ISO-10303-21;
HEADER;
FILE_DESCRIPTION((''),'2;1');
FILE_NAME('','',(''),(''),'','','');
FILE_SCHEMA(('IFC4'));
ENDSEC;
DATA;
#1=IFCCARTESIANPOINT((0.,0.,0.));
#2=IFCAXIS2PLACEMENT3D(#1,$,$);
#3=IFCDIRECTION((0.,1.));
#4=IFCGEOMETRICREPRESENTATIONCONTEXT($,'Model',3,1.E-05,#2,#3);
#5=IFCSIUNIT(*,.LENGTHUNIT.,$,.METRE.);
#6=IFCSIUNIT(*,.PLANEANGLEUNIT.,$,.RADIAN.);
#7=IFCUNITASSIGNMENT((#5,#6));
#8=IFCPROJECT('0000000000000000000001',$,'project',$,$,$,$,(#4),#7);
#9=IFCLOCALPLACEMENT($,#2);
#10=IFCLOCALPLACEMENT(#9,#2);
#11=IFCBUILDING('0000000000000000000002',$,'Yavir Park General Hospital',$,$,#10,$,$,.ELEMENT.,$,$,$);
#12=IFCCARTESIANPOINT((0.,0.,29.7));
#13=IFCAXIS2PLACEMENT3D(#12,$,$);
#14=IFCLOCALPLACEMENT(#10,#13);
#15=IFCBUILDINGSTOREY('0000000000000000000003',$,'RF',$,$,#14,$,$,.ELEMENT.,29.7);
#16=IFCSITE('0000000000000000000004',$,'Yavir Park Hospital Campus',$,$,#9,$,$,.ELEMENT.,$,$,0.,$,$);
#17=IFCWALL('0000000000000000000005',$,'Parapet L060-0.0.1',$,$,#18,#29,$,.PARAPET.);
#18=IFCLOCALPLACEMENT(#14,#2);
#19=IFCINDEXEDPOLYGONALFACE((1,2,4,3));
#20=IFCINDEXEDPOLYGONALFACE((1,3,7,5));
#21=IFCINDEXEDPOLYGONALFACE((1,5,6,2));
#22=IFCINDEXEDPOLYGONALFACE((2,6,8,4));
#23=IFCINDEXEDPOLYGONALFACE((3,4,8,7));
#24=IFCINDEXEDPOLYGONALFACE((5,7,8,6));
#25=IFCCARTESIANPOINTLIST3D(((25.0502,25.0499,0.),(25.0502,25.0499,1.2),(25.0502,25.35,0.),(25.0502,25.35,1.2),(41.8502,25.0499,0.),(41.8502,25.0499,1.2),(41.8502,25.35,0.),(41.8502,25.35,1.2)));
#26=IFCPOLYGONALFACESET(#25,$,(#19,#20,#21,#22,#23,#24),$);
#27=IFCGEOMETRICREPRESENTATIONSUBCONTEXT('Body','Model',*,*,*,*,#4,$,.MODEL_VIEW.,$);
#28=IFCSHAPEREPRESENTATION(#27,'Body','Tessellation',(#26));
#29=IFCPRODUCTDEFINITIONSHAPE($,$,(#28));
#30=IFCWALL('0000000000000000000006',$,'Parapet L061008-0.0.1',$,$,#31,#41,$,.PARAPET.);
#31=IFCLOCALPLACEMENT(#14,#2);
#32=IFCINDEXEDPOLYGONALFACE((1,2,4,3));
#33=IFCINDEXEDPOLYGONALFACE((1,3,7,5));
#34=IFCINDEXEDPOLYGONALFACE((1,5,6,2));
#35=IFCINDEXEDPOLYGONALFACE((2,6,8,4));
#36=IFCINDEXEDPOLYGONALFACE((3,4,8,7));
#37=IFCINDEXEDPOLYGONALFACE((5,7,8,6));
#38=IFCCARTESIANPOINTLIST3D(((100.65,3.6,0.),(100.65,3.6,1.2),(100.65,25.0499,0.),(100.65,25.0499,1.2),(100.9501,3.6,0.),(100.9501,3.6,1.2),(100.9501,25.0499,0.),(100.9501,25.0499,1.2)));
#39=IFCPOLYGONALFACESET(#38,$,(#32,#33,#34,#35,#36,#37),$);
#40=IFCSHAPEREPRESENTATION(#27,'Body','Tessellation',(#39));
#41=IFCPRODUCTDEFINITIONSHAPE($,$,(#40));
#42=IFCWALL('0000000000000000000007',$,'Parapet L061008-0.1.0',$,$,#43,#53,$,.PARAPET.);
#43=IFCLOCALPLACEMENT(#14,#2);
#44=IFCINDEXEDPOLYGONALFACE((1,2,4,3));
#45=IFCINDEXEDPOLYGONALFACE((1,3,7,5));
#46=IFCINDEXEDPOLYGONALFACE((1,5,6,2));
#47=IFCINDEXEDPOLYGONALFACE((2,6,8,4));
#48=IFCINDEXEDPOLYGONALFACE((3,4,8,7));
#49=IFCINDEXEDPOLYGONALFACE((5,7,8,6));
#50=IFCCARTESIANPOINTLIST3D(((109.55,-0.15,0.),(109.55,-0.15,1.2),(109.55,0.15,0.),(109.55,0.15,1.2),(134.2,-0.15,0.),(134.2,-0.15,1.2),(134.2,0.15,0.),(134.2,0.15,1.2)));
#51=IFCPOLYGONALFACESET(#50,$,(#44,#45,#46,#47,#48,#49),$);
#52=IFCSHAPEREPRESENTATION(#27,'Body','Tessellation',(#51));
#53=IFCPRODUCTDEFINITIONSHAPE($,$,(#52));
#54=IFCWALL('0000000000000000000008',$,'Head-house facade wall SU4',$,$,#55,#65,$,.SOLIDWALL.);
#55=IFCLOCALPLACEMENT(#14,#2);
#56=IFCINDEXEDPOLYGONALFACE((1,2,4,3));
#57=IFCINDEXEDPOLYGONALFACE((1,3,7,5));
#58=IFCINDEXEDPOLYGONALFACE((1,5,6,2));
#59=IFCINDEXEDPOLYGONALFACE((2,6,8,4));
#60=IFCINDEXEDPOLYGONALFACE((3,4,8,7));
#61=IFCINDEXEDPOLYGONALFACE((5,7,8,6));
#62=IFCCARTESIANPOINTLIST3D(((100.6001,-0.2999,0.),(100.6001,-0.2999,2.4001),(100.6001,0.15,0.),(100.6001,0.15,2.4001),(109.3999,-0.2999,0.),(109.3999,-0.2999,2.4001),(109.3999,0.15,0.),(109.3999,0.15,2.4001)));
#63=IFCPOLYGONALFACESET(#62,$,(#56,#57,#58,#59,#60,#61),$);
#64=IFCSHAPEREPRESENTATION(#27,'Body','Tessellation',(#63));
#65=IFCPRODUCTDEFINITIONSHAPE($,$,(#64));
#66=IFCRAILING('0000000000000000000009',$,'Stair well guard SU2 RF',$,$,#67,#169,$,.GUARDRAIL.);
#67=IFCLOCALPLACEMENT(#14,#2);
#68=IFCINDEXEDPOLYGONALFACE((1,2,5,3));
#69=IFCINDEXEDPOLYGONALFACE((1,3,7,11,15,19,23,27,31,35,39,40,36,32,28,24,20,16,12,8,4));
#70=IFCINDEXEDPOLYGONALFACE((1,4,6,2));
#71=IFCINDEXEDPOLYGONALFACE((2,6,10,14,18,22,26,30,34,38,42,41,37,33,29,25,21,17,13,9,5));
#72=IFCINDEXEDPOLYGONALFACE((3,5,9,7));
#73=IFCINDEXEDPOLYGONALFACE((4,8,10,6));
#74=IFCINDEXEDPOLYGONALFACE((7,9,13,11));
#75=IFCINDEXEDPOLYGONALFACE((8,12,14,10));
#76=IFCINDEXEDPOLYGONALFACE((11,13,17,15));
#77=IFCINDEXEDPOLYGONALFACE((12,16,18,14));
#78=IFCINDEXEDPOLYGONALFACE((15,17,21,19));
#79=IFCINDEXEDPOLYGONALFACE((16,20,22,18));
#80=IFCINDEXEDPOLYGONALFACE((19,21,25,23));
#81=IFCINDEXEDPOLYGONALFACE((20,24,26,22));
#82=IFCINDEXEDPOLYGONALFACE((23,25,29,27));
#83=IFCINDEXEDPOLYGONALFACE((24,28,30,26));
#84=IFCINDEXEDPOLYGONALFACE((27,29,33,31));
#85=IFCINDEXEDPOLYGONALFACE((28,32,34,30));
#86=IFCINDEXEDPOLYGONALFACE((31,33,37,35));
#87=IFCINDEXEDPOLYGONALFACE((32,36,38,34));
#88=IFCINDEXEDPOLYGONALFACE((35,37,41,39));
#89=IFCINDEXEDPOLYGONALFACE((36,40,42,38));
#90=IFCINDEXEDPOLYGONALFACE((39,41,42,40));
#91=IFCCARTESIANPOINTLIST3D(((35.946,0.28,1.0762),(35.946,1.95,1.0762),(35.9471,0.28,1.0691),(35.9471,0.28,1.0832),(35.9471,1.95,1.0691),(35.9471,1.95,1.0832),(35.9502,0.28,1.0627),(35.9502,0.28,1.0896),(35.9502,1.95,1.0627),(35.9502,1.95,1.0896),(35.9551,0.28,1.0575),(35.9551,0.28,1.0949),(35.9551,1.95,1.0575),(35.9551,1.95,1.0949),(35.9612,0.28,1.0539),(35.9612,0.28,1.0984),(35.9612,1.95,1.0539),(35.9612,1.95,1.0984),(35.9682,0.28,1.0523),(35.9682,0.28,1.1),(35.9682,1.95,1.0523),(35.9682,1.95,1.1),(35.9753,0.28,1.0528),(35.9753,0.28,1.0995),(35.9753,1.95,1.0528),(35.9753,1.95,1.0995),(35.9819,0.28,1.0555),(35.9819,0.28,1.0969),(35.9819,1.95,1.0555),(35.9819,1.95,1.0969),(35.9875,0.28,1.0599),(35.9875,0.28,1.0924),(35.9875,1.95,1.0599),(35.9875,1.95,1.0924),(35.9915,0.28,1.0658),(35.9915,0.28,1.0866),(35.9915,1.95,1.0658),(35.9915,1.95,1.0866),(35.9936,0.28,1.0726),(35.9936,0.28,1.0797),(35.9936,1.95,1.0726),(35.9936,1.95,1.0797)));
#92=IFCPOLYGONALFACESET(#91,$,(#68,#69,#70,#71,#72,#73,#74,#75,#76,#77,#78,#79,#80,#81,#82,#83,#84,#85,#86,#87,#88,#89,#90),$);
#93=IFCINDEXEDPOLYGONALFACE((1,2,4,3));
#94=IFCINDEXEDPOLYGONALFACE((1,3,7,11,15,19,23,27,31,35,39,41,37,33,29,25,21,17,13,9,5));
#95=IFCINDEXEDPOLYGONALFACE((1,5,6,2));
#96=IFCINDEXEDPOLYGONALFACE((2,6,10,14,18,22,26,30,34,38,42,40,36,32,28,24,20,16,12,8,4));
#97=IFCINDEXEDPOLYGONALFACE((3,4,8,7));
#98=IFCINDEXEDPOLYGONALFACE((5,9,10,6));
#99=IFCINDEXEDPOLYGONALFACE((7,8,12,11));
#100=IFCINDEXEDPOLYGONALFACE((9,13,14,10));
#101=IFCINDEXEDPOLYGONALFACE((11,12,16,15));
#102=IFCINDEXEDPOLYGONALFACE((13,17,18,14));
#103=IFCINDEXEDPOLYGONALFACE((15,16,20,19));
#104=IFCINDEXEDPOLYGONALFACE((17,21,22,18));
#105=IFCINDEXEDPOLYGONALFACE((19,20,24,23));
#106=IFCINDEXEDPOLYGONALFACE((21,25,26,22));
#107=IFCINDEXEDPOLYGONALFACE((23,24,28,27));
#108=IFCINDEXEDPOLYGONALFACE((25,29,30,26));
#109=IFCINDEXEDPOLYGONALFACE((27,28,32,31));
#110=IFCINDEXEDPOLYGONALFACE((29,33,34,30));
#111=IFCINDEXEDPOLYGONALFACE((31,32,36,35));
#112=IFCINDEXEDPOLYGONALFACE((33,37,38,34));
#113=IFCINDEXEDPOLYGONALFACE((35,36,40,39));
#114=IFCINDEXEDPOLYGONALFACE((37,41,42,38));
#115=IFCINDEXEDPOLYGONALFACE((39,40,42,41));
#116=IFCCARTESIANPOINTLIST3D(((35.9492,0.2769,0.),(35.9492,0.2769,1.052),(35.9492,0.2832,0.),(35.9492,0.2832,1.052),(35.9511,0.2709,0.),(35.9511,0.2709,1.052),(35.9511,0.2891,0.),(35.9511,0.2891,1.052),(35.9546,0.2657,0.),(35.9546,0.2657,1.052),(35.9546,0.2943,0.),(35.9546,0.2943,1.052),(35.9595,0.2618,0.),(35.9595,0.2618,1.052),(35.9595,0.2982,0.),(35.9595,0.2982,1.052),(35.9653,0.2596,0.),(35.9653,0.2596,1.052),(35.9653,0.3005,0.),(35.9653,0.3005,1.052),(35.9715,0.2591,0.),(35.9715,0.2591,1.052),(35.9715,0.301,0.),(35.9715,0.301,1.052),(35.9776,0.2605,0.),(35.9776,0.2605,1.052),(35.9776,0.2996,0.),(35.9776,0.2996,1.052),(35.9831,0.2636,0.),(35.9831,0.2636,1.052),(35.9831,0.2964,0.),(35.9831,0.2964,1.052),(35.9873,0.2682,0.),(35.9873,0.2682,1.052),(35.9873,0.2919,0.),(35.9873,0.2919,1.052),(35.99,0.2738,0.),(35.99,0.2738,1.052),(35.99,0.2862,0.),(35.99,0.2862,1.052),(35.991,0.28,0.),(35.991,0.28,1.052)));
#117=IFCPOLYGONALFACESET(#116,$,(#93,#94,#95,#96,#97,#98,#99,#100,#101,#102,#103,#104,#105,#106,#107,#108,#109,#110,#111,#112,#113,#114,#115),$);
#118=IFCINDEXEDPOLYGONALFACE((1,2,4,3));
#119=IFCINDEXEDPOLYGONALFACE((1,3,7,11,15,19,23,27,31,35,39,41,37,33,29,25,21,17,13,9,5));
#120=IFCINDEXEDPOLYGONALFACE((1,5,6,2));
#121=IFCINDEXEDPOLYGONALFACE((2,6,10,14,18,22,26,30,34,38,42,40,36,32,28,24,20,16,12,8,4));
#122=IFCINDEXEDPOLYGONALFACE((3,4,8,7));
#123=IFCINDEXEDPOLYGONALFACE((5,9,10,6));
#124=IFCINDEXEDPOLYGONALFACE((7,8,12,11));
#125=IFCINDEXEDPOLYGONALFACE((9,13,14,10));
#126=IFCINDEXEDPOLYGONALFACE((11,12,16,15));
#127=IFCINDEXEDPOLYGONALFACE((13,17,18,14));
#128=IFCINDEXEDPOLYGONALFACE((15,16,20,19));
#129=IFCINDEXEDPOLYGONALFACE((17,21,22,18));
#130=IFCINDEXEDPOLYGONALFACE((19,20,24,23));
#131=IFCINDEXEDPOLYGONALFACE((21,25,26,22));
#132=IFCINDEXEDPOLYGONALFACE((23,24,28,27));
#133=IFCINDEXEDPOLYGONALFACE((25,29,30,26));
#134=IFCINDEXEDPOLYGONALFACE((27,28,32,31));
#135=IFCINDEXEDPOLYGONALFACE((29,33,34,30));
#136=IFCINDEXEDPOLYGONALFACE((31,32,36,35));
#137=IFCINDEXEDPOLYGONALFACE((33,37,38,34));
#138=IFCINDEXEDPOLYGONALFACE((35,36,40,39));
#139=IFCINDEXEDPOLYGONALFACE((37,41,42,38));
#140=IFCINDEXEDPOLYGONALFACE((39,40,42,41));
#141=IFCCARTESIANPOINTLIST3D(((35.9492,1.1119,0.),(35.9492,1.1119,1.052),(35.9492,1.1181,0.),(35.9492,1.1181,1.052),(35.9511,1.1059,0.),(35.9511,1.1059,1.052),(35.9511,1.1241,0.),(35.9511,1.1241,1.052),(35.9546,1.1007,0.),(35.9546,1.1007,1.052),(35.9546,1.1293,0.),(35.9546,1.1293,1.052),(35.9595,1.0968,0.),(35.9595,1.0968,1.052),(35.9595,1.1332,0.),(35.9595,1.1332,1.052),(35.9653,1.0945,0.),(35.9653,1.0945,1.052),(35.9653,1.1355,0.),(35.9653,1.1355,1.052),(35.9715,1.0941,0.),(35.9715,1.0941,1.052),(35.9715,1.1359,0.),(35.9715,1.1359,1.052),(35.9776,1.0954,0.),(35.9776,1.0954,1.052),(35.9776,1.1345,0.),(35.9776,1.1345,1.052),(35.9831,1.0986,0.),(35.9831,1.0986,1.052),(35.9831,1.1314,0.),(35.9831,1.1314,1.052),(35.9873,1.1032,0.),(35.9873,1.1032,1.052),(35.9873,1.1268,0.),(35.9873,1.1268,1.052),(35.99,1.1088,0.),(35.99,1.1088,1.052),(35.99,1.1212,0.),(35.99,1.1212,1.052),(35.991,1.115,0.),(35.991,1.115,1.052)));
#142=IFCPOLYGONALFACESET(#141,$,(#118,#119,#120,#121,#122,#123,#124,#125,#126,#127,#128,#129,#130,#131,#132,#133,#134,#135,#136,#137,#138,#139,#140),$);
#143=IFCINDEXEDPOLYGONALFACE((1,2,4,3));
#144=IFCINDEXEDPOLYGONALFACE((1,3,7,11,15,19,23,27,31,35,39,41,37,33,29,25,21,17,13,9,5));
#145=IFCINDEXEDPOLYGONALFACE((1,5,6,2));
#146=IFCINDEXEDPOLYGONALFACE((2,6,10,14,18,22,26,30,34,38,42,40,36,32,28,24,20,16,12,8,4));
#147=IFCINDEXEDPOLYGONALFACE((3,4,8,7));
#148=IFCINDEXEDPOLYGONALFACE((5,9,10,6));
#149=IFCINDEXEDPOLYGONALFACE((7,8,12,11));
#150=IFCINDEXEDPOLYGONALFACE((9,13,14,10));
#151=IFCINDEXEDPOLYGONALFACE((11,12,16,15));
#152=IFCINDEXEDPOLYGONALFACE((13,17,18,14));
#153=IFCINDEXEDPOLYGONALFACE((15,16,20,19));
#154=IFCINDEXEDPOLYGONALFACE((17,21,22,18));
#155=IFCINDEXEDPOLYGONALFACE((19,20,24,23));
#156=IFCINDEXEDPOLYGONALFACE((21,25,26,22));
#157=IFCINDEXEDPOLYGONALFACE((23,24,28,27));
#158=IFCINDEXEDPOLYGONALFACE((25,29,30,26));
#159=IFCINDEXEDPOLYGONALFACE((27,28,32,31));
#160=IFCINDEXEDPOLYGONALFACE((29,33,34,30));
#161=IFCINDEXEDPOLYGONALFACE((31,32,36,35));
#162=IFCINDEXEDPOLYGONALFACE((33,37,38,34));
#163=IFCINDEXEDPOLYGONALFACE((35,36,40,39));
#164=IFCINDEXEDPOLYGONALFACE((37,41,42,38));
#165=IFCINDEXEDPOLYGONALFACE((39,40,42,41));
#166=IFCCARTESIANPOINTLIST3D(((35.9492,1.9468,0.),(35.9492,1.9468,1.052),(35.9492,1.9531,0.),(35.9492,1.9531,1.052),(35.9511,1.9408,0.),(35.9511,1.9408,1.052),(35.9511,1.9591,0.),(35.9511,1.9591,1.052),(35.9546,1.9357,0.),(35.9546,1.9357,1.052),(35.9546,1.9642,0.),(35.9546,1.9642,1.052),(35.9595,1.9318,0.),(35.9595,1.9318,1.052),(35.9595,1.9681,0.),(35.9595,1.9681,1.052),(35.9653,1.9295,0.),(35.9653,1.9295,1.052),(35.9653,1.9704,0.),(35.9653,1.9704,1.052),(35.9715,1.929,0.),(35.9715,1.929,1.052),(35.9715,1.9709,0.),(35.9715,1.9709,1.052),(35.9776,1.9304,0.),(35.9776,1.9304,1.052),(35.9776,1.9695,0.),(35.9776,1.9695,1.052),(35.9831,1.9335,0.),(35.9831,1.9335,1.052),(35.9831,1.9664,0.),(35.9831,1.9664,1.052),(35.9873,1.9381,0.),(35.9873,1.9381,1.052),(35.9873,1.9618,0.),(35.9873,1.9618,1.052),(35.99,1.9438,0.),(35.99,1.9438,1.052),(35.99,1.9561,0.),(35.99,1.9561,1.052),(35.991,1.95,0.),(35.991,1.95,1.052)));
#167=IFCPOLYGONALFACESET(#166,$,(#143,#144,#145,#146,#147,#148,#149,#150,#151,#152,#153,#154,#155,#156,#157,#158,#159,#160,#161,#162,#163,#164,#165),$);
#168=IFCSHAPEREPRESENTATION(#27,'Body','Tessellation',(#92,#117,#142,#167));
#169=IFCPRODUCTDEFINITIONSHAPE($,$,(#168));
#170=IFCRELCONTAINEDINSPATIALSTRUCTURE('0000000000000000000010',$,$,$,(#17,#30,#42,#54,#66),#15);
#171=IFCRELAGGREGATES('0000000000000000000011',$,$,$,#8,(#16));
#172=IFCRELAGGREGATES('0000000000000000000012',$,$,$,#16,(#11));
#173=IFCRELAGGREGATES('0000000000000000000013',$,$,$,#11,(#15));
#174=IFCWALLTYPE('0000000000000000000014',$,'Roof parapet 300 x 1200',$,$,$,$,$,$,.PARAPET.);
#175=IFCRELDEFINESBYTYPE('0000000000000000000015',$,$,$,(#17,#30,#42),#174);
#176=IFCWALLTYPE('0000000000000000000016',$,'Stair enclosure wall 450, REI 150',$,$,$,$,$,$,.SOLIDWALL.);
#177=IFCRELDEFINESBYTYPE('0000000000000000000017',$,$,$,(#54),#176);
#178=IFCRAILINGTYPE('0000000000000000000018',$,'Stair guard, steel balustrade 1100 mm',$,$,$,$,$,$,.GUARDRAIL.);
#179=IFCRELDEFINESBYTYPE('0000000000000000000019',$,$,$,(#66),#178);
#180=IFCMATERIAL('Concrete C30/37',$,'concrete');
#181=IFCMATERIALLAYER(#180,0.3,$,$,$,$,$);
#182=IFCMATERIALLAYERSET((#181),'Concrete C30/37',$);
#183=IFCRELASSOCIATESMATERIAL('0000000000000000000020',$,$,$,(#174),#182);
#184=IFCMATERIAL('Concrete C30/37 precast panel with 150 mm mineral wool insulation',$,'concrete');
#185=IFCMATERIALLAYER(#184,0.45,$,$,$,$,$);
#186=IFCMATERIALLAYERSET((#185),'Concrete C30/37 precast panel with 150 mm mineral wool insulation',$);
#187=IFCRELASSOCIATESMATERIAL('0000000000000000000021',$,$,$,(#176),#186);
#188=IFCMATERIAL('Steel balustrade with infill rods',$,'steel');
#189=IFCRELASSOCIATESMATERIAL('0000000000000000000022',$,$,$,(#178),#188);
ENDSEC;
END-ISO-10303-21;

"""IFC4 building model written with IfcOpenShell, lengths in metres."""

from ifc_helpers import new_model, si_unit, direction, frame, frame_2d, origin, origin_2d, place, context, subcontext, project, spatial, rectangle, circle, extrude, material, layer, layer_set, type_object, element, save


model = new_model("IFC4")

# Units and contexts
model_context = context("Model", 3, precision=1e-05, world=origin(), true_north=direction((0.0, 1.0)))
body_context = subcontext(model_context, "Body", "Model", "MODEL_VIEW")
ifc_project = project(units=[si_unit("LENGTHUNIT", "METRE"), si_unit("PLANEANGLEUNIT", "RADIAN")], contexts=[model_context])

# Site, building, storey
site_placement = place(None, origin())
site = spatial("IfcSite", under=ifc_project, at=site_placement, Name="Yavir Park Hospital Campus", CompositionType="ELEMENT", RefElevation=0.0)
building_placement = place(site_placement, origin())
building = spatial("IfcBuilding", under=site, at=building_placement, Name="Yavir Park General Hospital", CompositionType="ELEMENT")
storey_placement = place(building_placement, frame((0.0, 0.0, 29.7)))
storey = spatial("IfcBuildingStorey", under=building, at=storey_placement, Name="RF", CompositionType="ELEMENT", Elevation=29.7)

# Walls
ifc_material_1 = material(Name="Concrete C30/37", Category="concrete")
ifc_layer_1 = layer(ifc_material_1, 0.3)
ifc_layer_set_1 = layer_set([ifc_layer_1], Name="Concrete C30/37")
wall_type_1 = type_object("IfcWallType", Name="Roof parapet 300 x 1200", PredefinedType="PARAPET", material=ifc_layer_set_1)
wall_1_placement = place(storey_placement, frame((41.8501, 25.2, 0.0), z_axis=(0.0, 0.0, 1.0), x_axis=(-1.0, 0.0, 0.0)))
element("IfcWall", 1, at=wall_1_placement, inside=storey, type_object=wall_type_1, Name="Parapet L060-0.0.1", PredefinedType="PARAPET", context=body_context, shape_type="SweptSolid", body=[
    extrude(rectangle(XDim=16.8, YDim=0.3, at=frame_2d((8.3999, 0.0))), origin(), (0.0, 0.0, 1.0), 1.2),
])
wall_2_placement = place(storey_placement, frame((100.8, 25.05, 0.0), z_axis=(0.0, 0.0, 1.0), x_axis=(0.0, -1.0, 0.0)))
element("IfcWall", 2, at=wall_2_placement, inside=storey, type_object=wall_type_1, Name="Parapet L061008-0.0.1", PredefinedType="PARAPET", context=body_context, shape_type="SweptSolid", body=[
    extrude(rectangle(XDim=21.45, YDim=0.3, at=frame_2d((10.7251, 0.0))), origin(), (0.0, 0.0, 1.0), 1.2),
])
wall_3_placement = place(storey_placement, frame((109.55, 0.0, 0.0), z_axis=(0.0, 0.0, 1.0), x_axis=(1.0, 0.0, 0.0)))
element("IfcWall", 3, at=wall_3_placement, inside=storey, type_object=wall_type_1, Name="Parapet L061008-0.1.0", PredefinedType="PARAPET", context=body_context, shape_type="SweptSolid", body=[
    extrude(rectangle(XDim=24.6499, YDim=0.3, at=frame_2d((12.325, 0.0))), origin(), (0.0, 0.0, 1.0), 1.2),
])
ifc_material_2 = material(Name="Concrete C30/37 precast panel with 150 mm mineral wool insulation", Category="concrete")
ifc_layer_2 = layer(ifc_material_2, 0.45)
ifc_layer_set_2 = layer_set([ifc_layer_2], Name="Concrete C30/37 precast panel with 150 mm mineral wool insulation")
wall_type_2 = type_object("IfcWallType", Name="Stair enclosure wall 450, REI 150", PredefinedType="SOLIDWALL", material=ifc_layer_set_2)
wall_4_placement = place(storey_placement, frame((100.6001, -0.075, 0.0), z_axis=(0.0, 0.0, 1.0), x_axis=(1.0, 0.0, 0.0)))
element("IfcWall", 4, at=wall_4_placement, inside=storey, type_object=wall_type_2, Name="Head-house facade wall SU4", PredefinedType="SOLIDWALL", context=body_context, shape_type="SweptSolid", body=[
    extrude(rectangle(XDim=8.7998, YDim=0.45, at=frame_2d((4.3999, 0.0))), origin(), (0.0, 0.0, 1.0), 2.4001),
])

# Railing
ifc_material_3 = material(Name="Steel balustrade with infill rods", Category="steel")
railing_type = type_object("IfcRailingType", Name="Stair guard, steel balustrade 1100 mm", PredefinedType="GUARDRAIL", material=ifc_material_3)
for number, where, name in (
    (5, (35.97, 0.28, 0.0), "Stair well guard SU2 RF"),
):
    element("IfcRailing", number, at=place(storey_placement, frame(where)), inside=storey, type_object=railing_type, Name=name, PredefinedType="GUARDRAIL", context=body_context, shape_type="SweptSolid", body=[
        extrude(circle(Radius=0.0239, at=origin_2d()), frame((0.0, 0.0, 1.0762), z_axis=(0.0, 1.0, 0.0), x_axis=(-1.0, 0.0, 0.0)), (0.0, 0.0, 1.0), 1.6699),
        extrude(circle(Radius=0.021, at=origin_2d()), origin(), (0.0, 0.0, 1.0), 1.052),
        extrude(circle(Radius=0.021, at=origin_2d()), frame((0.0, 0.835, 0.0)), (0.0, 0.0, 1.0), 1.052),
        extrude(circle(Radius=0.021, at=origin_2d()), frame((0.0, 1.6699, 0.0)), (0.0, 0.0, 1.0), 1.052),
    ])

save(model, "model.ifc")
